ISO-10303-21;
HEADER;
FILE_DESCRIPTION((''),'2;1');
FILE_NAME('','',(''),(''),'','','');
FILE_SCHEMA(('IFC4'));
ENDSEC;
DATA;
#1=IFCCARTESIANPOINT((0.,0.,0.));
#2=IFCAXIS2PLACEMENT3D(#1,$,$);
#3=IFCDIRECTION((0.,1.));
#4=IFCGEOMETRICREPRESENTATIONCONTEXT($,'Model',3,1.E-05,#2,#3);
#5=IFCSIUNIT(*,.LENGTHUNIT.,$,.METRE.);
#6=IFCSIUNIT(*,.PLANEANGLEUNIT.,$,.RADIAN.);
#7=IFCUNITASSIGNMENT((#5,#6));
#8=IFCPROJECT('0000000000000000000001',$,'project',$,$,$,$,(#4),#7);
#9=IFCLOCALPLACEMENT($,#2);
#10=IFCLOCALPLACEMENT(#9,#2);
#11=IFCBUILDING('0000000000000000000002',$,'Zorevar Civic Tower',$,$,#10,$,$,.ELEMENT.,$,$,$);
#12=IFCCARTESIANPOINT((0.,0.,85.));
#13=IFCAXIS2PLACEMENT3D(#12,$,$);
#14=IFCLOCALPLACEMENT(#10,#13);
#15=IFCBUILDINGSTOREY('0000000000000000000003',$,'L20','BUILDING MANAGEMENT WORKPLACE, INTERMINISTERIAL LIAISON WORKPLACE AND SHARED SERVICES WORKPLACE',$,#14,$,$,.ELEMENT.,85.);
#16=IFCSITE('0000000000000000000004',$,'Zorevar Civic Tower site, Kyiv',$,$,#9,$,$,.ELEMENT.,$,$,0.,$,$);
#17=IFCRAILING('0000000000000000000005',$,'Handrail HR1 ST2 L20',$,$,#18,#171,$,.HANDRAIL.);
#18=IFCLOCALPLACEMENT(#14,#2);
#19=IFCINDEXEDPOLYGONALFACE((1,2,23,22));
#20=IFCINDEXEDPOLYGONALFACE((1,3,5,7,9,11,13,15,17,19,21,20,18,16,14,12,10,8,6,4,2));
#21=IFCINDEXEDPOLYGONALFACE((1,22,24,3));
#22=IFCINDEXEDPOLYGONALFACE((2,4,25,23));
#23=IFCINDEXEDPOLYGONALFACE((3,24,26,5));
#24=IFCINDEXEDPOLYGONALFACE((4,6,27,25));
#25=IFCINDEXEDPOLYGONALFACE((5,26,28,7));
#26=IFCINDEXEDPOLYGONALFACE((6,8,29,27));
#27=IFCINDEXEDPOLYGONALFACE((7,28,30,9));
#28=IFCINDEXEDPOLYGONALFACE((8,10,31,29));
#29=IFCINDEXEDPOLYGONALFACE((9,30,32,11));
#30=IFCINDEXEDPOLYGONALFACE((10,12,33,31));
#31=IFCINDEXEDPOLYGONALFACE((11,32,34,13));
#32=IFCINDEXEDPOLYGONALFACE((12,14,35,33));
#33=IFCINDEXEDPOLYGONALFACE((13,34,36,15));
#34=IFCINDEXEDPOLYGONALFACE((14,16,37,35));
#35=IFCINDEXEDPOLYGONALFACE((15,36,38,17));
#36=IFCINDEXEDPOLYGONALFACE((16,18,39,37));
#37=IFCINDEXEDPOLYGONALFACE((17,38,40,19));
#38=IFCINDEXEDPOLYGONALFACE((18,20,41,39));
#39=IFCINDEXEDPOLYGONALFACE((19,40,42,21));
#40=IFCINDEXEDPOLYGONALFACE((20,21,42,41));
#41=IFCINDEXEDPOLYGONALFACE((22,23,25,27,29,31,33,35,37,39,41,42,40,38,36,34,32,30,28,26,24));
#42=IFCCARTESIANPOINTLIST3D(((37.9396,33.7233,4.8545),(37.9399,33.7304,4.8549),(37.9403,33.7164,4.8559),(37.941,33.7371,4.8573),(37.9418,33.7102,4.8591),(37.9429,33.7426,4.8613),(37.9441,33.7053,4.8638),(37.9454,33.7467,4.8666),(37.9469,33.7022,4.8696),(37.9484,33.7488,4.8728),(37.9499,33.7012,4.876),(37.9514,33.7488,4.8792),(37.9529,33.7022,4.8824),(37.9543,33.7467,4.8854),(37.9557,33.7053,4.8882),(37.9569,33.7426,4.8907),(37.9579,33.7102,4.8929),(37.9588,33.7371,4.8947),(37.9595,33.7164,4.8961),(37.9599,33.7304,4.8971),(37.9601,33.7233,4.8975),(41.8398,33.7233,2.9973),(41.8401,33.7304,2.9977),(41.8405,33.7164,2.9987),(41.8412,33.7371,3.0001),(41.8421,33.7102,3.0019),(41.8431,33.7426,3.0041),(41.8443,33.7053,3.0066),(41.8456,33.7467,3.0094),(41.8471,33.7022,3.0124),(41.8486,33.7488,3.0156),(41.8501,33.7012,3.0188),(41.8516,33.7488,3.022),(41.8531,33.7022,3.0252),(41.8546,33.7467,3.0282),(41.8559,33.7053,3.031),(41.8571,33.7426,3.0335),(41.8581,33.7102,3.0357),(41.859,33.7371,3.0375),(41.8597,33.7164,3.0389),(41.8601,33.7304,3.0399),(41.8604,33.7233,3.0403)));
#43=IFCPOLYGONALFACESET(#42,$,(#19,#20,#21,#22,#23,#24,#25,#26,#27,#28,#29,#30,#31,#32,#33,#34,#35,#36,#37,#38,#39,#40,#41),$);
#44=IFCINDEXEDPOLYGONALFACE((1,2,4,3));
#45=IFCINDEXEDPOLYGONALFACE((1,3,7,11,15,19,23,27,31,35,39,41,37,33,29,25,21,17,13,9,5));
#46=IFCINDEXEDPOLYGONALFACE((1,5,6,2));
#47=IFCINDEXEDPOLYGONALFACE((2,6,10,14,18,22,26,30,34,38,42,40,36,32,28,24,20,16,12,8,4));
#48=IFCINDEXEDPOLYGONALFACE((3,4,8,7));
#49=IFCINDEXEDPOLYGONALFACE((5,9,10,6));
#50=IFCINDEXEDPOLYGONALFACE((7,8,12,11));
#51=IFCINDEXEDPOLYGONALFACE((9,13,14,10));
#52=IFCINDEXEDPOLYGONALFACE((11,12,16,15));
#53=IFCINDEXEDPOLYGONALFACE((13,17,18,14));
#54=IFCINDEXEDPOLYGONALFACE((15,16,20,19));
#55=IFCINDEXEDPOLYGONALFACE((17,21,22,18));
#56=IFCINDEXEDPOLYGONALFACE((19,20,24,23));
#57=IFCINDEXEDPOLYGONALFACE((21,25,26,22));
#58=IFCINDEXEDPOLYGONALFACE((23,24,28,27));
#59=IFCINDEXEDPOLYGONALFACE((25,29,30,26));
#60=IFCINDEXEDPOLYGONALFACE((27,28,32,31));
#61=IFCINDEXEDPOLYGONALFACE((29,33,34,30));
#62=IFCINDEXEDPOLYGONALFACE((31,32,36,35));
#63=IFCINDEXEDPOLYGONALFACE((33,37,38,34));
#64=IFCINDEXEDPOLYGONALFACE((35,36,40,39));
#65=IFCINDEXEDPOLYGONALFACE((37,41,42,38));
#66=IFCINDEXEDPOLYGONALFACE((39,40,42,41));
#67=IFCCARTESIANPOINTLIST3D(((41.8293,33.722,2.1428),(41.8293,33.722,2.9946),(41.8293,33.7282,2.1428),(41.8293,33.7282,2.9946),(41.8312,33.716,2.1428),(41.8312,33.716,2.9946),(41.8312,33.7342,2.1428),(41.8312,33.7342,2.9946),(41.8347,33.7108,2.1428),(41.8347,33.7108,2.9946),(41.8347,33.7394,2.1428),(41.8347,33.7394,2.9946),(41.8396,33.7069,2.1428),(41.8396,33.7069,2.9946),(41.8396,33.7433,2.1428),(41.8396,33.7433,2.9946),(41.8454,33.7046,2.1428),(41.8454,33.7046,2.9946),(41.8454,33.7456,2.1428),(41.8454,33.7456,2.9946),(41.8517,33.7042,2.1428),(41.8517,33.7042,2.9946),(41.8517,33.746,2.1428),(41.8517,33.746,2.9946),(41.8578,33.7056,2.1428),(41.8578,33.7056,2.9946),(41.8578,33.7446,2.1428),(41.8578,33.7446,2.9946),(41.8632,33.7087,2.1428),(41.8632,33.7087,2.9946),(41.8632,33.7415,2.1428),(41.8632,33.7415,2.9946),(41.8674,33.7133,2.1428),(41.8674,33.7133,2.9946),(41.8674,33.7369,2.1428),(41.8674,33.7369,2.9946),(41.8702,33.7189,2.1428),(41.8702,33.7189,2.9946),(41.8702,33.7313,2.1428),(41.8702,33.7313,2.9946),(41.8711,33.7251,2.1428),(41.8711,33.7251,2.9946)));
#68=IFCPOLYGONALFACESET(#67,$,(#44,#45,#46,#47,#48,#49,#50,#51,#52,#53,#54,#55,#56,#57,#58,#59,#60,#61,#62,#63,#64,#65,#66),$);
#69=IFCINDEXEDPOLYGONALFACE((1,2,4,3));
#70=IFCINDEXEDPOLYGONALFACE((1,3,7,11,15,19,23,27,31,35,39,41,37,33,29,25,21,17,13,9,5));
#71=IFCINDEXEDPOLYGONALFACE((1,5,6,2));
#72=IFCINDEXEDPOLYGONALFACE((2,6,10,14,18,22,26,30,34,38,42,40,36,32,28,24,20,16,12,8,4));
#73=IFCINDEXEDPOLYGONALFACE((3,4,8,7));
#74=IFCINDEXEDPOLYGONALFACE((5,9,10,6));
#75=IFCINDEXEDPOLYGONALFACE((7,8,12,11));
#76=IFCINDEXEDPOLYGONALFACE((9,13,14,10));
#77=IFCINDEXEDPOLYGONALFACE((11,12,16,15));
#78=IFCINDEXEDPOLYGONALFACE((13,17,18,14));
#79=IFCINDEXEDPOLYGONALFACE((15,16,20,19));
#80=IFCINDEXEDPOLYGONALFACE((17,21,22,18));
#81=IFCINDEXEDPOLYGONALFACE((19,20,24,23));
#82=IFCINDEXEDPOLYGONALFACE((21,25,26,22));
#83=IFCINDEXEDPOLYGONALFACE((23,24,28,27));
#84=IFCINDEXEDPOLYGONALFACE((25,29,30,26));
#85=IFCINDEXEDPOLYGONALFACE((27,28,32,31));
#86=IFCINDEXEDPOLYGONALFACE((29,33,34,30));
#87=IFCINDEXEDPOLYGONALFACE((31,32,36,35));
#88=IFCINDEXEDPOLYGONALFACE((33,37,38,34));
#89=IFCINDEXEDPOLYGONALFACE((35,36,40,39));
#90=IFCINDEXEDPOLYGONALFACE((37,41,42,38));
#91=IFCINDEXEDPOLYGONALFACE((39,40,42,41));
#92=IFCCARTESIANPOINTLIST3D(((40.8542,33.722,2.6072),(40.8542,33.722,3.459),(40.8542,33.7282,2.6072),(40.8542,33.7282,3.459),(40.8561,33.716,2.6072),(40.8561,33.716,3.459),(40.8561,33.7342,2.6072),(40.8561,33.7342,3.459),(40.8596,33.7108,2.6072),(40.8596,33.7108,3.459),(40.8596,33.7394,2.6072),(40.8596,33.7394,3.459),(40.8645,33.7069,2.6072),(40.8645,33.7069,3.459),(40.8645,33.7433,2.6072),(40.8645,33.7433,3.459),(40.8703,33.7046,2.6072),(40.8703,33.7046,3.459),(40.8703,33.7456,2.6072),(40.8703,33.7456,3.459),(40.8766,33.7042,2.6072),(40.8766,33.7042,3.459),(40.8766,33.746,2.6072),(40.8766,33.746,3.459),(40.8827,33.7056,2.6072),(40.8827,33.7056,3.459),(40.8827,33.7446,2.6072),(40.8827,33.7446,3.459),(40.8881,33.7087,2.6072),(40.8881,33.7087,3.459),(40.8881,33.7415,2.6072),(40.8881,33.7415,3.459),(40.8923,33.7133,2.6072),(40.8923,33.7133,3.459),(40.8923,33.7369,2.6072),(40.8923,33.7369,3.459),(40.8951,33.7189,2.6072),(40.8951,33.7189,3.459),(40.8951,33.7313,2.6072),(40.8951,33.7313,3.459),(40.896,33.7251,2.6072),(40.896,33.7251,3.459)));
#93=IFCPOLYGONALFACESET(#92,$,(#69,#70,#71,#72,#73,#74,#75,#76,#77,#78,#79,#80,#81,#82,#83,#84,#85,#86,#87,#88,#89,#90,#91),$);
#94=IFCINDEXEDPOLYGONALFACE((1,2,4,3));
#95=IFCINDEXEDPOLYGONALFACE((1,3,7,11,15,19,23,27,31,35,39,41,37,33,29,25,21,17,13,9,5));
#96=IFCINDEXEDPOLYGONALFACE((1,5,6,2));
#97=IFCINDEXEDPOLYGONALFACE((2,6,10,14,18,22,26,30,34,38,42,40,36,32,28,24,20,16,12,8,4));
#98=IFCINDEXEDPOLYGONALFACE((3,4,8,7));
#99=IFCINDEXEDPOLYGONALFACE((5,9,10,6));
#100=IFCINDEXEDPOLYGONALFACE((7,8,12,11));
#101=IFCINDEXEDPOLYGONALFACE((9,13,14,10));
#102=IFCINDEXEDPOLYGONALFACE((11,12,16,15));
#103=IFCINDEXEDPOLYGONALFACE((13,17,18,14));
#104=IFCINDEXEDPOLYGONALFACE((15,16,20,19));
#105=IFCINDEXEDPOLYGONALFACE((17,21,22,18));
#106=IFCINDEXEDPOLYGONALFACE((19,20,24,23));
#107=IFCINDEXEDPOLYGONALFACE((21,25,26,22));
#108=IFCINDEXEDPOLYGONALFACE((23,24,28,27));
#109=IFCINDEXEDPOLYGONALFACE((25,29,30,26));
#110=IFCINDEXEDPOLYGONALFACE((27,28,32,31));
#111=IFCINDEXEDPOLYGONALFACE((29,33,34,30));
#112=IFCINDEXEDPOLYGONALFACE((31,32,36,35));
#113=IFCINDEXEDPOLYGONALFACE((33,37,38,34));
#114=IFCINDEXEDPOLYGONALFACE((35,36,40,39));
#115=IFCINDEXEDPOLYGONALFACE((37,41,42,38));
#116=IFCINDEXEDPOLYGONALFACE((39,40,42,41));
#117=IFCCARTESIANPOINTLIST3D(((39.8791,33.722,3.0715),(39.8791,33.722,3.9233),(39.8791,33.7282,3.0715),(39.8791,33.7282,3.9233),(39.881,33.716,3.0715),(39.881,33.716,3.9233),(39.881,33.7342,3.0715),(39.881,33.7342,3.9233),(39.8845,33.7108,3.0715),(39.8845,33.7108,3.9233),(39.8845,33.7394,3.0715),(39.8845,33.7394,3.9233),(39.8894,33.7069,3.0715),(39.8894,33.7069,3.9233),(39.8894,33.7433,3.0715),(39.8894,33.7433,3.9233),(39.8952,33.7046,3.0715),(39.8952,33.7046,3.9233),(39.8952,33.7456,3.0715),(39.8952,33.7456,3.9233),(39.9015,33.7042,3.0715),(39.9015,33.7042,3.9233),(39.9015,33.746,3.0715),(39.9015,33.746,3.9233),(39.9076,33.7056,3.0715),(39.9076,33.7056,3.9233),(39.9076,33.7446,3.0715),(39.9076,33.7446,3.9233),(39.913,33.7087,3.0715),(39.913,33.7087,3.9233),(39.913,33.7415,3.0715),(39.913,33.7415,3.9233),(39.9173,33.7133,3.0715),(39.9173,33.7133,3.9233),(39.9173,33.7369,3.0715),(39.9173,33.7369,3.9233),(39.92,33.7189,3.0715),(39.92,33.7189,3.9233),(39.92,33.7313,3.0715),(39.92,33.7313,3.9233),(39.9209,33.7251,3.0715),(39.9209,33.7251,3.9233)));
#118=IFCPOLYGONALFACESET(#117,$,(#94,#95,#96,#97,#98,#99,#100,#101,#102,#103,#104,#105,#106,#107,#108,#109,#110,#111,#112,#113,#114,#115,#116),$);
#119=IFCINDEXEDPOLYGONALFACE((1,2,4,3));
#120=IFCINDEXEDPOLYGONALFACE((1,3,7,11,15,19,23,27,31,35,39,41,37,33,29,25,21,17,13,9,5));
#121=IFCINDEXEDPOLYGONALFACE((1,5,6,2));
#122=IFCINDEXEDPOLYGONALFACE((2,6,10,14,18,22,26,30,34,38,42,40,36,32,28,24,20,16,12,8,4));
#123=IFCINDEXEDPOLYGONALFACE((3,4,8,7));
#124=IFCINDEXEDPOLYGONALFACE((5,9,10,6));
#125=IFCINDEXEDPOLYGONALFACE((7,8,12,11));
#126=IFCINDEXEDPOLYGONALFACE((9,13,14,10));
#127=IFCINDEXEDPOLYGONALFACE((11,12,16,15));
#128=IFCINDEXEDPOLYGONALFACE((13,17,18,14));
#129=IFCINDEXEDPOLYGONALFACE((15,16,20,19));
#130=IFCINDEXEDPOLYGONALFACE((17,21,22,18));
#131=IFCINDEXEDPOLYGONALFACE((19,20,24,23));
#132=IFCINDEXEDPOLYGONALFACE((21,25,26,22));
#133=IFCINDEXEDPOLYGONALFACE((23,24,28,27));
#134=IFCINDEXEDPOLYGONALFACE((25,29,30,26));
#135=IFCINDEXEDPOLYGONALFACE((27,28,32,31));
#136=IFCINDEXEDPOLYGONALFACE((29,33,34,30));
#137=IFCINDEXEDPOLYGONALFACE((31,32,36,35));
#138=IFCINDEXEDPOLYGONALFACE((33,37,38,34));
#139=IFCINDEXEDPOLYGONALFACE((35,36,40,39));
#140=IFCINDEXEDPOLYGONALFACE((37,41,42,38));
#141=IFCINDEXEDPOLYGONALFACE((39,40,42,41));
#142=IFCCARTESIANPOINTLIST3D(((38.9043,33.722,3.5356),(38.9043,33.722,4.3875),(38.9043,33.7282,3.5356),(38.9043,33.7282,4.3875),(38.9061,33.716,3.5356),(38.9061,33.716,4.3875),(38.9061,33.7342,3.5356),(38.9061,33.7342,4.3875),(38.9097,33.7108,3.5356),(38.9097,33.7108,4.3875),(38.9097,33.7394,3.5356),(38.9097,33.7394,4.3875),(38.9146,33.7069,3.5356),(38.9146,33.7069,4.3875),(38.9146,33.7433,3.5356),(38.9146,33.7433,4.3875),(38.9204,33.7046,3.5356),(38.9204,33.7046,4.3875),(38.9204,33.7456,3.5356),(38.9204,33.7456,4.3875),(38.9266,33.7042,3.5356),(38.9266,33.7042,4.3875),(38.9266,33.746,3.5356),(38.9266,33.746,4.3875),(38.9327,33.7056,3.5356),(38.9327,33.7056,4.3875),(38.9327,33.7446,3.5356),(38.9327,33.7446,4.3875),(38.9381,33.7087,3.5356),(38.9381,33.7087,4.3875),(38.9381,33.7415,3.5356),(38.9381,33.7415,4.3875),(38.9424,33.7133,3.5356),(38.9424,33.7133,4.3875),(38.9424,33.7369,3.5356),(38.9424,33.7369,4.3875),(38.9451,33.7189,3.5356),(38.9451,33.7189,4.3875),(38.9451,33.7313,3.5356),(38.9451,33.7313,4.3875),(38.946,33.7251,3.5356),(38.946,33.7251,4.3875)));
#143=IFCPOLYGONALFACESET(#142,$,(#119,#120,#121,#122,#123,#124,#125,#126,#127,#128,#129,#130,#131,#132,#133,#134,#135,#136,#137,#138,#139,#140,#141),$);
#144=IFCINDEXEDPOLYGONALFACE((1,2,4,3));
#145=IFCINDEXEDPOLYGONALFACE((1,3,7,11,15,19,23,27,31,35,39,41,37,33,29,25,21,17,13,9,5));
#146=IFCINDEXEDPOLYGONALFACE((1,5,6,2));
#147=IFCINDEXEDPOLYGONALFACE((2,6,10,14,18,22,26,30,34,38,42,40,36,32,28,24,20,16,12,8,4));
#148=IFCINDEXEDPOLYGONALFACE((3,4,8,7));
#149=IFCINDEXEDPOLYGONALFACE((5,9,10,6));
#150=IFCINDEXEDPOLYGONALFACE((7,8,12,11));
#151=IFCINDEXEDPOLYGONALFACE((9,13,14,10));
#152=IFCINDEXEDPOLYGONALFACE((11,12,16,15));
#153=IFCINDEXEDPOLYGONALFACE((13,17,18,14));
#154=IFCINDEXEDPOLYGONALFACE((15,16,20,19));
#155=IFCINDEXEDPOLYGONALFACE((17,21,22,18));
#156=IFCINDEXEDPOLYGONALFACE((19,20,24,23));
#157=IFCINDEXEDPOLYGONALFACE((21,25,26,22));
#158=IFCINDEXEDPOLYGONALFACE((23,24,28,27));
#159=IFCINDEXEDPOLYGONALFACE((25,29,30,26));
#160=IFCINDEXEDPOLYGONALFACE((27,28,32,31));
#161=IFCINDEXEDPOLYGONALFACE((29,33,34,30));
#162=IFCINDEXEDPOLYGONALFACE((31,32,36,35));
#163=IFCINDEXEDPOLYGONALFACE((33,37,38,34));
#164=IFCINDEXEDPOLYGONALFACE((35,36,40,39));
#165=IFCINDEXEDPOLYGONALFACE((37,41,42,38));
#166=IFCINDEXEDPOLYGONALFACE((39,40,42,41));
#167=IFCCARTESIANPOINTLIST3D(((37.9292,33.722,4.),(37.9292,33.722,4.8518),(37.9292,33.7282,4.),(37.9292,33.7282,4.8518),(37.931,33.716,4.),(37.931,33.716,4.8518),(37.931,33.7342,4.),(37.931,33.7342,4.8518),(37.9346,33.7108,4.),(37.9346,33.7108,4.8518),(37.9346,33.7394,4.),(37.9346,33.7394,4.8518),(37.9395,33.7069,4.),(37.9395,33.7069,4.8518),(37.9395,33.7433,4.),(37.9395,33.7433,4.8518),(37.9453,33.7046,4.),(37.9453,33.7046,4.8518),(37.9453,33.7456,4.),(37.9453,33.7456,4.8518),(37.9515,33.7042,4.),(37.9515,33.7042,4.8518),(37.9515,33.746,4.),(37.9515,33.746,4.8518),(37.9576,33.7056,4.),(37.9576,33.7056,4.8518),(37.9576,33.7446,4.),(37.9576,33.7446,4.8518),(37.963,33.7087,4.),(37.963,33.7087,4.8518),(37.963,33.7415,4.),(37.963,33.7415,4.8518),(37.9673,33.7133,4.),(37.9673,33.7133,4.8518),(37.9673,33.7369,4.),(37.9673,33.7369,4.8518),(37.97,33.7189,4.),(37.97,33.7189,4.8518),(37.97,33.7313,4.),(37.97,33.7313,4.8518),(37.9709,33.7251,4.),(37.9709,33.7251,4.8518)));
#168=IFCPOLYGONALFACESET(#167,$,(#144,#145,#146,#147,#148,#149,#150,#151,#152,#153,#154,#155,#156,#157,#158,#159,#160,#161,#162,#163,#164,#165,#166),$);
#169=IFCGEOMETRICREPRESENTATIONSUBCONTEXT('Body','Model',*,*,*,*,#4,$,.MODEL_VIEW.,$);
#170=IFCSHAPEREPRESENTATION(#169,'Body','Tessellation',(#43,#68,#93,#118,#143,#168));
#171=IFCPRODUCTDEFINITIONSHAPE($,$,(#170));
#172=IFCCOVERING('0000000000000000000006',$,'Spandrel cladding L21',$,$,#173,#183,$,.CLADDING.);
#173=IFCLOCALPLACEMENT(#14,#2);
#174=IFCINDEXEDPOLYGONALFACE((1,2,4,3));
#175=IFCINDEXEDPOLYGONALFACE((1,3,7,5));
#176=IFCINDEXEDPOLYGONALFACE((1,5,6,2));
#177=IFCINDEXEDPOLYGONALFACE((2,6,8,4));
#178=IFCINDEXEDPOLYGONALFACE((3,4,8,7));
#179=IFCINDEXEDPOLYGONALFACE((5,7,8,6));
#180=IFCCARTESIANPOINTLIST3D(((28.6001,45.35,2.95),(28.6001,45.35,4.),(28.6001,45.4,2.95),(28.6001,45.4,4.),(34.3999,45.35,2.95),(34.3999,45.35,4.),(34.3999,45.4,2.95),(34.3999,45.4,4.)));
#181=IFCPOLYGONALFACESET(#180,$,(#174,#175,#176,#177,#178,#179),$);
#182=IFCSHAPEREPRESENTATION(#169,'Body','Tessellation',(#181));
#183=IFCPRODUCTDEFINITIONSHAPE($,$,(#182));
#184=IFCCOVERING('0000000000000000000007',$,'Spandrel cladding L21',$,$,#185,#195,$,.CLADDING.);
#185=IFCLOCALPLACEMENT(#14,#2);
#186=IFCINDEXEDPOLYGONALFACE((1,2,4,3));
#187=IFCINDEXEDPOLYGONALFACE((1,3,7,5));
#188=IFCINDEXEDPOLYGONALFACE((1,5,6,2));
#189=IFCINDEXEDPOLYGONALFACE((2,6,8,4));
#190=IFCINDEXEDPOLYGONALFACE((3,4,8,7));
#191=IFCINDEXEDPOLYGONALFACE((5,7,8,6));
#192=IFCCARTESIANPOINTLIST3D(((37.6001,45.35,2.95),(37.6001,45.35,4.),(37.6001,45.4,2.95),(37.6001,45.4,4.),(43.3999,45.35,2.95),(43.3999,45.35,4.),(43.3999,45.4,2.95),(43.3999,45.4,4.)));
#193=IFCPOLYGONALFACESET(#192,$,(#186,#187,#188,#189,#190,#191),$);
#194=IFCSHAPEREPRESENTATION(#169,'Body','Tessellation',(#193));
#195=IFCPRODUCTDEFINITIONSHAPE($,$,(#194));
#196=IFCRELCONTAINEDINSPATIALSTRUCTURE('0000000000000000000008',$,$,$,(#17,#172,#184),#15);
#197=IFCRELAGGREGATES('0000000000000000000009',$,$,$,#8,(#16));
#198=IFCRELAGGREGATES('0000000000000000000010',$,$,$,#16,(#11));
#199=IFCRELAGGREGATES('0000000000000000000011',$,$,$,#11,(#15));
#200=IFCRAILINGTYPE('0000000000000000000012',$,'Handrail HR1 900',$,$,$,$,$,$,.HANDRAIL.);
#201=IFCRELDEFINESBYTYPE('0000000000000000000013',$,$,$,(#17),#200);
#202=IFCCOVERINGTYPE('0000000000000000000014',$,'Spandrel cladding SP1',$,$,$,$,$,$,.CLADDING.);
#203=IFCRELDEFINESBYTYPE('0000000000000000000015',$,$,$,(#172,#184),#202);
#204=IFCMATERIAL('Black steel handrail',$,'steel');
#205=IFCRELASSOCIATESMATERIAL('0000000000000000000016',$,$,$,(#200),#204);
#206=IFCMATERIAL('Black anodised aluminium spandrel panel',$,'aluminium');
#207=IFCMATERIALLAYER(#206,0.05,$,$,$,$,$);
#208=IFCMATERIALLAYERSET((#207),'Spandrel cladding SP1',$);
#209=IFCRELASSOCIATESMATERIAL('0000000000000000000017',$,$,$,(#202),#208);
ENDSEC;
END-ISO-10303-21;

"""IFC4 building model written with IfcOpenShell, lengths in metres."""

from ifc_helpers import new_model, si_unit, direction, frame, frame_2d, origin, origin_2d, place, context, subcontext, project, spatial, rectangle, circle, extrude, material, layer, layer_set, type_object, element, save


model = new_model("IFC4")

# Units and contexts
model_context = context("Model", 3, precision=1e-05, world=origin(), true_north=direction((0.0, 1.0)))
body_context = subcontext(model_context, "Body", "Model", "MODEL_VIEW")
ifc_project = project(units=[si_unit("LENGTHUNIT", "METRE"), si_unit("PLANEANGLEUNIT", "RADIAN")], contexts=[model_context])

# Site, building, storey
site_placement = place(None, origin())
site = spatial("IfcSite", under=ifc_project, at=site_placement, Name="Zorevar Civic Tower site, Kyiv", CompositionType="ELEMENT", RefElevation=0.0)
building_placement = place(site_placement, origin())
building = spatial("IfcBuilding", under=site, at=building_placement, Name="Zorevar Civic Tower", CompositionType="ELEMENT")
storey_placement = place(building_placement, frame((0.0, 0.0, 85.0)))
storey = spatial("IfcBuildingStorey", under=building, at=storey_placement, Name="L20", Description="BUILDING MANAGEMENT WORKPLACE, INTERMINISTERIAL LIAISON WORKPLACE AND SHARED SERVICES WORKPLACE", CompositionType="ELEMENT", Elevation=85.0)

# Railing
ifc_material_1 = material(Name="Black steel handrail", Category="steel")
railing_type = type_object("IfcRailingType", Name="Handrail HR1 900", PredefinedType="HANDRAIL", material=ifc_material_1)
railing_1_placement = place(storey_placement, frame((41.8501, 33.7251, 2.1428)))
element("IfcRailing", 1, at=railing_1_placement, inside=storey, type_object=railing_type, Name="Handrail HR1 ST2 L20", PredefinedType="HANDRAIL", context=body_context, shape_type="SweptSolid", body=[
    extrude(circle(Radius=0.0239, at=origin_2d()), frame((0.0, 0.0, 0.876), z_axis=(-0.902864, 0.0, 0.429927), x_axis=(0.0, -1.0, 0.0)), (0.0, 0.0, 1.0), 4.3198),
    extrude(circle(Radius=0.021, at=origin_2d()), origin(), (0.0, 0.0, 1.0), 0.8518),
    extrude(circle(Radius=0.021, at=origin_2d()), frame((-0.9751, 0.0, 0.4644)), (0.0, 0.0, 1.0), 0.8518),
    extrude(circle(Radius=0.021, at=origin_2d()), frame((-1.9502, 0.0, 0.9287)), (0.0, 0.0, 1.0), 0.8518),
    extrude(circle(Radius=0.021, at=origin_2d()), frame((-2.925, 0.0, 1.3928)), (0.0, 0.0, 1.0), 0.8518),
    extrude(circle(Radius=0.021, at=origin_2d()), frame((-3.9001, 0.0, 1.8572)), (0.0, 0.0, 1.0), 0.8518),
])

# Coverings
ifc_material_2 = material(Name="Black anodised aluminium spandrel panel", Category="aluminium")
ifc_layer_1 = layer(ifc_material_2, 0.05)
ifc_layer_set_1 = layer_set([ifc_layer_1], Name="Spandrel cladding SP1")
covering_type = type_object("IfcCoveringType", Name="Spandrel cladding SP1", PredefinedType="CLADDING", material=ifc_layer_set_1)
for number, where, z_axis, x_axis, name in (
    (2, (28.6001, 45.375, 2.95), (0.0, 0.0, 1.0), (1.0, 0.0, 0.0), "Spandrel cladding L21"),
    (3, (37.6001, 45.375, 2.95), (0.0, 0.0, 1.0), (1.0, 0.0, 0.0), "Spandrel cladding L21"),
):
    element("IfcCovering", number, at=place(storey_placement, frame(where, z_axis=z_axis, x_axis=x_axis)), inside=storey, type_object=covering_type, Name=name, PredefinedType="CLADDING", context=body_context, shape_type="SweptSolid", body=[
        extrude(rectangle(XDim=5.7998, YDim=0.05, at=frame_2d((2.8999, 0.0))), origin(), (0.0, 0.0, 1.0), 1.05),
    ])

save(model, "model.ifc")
